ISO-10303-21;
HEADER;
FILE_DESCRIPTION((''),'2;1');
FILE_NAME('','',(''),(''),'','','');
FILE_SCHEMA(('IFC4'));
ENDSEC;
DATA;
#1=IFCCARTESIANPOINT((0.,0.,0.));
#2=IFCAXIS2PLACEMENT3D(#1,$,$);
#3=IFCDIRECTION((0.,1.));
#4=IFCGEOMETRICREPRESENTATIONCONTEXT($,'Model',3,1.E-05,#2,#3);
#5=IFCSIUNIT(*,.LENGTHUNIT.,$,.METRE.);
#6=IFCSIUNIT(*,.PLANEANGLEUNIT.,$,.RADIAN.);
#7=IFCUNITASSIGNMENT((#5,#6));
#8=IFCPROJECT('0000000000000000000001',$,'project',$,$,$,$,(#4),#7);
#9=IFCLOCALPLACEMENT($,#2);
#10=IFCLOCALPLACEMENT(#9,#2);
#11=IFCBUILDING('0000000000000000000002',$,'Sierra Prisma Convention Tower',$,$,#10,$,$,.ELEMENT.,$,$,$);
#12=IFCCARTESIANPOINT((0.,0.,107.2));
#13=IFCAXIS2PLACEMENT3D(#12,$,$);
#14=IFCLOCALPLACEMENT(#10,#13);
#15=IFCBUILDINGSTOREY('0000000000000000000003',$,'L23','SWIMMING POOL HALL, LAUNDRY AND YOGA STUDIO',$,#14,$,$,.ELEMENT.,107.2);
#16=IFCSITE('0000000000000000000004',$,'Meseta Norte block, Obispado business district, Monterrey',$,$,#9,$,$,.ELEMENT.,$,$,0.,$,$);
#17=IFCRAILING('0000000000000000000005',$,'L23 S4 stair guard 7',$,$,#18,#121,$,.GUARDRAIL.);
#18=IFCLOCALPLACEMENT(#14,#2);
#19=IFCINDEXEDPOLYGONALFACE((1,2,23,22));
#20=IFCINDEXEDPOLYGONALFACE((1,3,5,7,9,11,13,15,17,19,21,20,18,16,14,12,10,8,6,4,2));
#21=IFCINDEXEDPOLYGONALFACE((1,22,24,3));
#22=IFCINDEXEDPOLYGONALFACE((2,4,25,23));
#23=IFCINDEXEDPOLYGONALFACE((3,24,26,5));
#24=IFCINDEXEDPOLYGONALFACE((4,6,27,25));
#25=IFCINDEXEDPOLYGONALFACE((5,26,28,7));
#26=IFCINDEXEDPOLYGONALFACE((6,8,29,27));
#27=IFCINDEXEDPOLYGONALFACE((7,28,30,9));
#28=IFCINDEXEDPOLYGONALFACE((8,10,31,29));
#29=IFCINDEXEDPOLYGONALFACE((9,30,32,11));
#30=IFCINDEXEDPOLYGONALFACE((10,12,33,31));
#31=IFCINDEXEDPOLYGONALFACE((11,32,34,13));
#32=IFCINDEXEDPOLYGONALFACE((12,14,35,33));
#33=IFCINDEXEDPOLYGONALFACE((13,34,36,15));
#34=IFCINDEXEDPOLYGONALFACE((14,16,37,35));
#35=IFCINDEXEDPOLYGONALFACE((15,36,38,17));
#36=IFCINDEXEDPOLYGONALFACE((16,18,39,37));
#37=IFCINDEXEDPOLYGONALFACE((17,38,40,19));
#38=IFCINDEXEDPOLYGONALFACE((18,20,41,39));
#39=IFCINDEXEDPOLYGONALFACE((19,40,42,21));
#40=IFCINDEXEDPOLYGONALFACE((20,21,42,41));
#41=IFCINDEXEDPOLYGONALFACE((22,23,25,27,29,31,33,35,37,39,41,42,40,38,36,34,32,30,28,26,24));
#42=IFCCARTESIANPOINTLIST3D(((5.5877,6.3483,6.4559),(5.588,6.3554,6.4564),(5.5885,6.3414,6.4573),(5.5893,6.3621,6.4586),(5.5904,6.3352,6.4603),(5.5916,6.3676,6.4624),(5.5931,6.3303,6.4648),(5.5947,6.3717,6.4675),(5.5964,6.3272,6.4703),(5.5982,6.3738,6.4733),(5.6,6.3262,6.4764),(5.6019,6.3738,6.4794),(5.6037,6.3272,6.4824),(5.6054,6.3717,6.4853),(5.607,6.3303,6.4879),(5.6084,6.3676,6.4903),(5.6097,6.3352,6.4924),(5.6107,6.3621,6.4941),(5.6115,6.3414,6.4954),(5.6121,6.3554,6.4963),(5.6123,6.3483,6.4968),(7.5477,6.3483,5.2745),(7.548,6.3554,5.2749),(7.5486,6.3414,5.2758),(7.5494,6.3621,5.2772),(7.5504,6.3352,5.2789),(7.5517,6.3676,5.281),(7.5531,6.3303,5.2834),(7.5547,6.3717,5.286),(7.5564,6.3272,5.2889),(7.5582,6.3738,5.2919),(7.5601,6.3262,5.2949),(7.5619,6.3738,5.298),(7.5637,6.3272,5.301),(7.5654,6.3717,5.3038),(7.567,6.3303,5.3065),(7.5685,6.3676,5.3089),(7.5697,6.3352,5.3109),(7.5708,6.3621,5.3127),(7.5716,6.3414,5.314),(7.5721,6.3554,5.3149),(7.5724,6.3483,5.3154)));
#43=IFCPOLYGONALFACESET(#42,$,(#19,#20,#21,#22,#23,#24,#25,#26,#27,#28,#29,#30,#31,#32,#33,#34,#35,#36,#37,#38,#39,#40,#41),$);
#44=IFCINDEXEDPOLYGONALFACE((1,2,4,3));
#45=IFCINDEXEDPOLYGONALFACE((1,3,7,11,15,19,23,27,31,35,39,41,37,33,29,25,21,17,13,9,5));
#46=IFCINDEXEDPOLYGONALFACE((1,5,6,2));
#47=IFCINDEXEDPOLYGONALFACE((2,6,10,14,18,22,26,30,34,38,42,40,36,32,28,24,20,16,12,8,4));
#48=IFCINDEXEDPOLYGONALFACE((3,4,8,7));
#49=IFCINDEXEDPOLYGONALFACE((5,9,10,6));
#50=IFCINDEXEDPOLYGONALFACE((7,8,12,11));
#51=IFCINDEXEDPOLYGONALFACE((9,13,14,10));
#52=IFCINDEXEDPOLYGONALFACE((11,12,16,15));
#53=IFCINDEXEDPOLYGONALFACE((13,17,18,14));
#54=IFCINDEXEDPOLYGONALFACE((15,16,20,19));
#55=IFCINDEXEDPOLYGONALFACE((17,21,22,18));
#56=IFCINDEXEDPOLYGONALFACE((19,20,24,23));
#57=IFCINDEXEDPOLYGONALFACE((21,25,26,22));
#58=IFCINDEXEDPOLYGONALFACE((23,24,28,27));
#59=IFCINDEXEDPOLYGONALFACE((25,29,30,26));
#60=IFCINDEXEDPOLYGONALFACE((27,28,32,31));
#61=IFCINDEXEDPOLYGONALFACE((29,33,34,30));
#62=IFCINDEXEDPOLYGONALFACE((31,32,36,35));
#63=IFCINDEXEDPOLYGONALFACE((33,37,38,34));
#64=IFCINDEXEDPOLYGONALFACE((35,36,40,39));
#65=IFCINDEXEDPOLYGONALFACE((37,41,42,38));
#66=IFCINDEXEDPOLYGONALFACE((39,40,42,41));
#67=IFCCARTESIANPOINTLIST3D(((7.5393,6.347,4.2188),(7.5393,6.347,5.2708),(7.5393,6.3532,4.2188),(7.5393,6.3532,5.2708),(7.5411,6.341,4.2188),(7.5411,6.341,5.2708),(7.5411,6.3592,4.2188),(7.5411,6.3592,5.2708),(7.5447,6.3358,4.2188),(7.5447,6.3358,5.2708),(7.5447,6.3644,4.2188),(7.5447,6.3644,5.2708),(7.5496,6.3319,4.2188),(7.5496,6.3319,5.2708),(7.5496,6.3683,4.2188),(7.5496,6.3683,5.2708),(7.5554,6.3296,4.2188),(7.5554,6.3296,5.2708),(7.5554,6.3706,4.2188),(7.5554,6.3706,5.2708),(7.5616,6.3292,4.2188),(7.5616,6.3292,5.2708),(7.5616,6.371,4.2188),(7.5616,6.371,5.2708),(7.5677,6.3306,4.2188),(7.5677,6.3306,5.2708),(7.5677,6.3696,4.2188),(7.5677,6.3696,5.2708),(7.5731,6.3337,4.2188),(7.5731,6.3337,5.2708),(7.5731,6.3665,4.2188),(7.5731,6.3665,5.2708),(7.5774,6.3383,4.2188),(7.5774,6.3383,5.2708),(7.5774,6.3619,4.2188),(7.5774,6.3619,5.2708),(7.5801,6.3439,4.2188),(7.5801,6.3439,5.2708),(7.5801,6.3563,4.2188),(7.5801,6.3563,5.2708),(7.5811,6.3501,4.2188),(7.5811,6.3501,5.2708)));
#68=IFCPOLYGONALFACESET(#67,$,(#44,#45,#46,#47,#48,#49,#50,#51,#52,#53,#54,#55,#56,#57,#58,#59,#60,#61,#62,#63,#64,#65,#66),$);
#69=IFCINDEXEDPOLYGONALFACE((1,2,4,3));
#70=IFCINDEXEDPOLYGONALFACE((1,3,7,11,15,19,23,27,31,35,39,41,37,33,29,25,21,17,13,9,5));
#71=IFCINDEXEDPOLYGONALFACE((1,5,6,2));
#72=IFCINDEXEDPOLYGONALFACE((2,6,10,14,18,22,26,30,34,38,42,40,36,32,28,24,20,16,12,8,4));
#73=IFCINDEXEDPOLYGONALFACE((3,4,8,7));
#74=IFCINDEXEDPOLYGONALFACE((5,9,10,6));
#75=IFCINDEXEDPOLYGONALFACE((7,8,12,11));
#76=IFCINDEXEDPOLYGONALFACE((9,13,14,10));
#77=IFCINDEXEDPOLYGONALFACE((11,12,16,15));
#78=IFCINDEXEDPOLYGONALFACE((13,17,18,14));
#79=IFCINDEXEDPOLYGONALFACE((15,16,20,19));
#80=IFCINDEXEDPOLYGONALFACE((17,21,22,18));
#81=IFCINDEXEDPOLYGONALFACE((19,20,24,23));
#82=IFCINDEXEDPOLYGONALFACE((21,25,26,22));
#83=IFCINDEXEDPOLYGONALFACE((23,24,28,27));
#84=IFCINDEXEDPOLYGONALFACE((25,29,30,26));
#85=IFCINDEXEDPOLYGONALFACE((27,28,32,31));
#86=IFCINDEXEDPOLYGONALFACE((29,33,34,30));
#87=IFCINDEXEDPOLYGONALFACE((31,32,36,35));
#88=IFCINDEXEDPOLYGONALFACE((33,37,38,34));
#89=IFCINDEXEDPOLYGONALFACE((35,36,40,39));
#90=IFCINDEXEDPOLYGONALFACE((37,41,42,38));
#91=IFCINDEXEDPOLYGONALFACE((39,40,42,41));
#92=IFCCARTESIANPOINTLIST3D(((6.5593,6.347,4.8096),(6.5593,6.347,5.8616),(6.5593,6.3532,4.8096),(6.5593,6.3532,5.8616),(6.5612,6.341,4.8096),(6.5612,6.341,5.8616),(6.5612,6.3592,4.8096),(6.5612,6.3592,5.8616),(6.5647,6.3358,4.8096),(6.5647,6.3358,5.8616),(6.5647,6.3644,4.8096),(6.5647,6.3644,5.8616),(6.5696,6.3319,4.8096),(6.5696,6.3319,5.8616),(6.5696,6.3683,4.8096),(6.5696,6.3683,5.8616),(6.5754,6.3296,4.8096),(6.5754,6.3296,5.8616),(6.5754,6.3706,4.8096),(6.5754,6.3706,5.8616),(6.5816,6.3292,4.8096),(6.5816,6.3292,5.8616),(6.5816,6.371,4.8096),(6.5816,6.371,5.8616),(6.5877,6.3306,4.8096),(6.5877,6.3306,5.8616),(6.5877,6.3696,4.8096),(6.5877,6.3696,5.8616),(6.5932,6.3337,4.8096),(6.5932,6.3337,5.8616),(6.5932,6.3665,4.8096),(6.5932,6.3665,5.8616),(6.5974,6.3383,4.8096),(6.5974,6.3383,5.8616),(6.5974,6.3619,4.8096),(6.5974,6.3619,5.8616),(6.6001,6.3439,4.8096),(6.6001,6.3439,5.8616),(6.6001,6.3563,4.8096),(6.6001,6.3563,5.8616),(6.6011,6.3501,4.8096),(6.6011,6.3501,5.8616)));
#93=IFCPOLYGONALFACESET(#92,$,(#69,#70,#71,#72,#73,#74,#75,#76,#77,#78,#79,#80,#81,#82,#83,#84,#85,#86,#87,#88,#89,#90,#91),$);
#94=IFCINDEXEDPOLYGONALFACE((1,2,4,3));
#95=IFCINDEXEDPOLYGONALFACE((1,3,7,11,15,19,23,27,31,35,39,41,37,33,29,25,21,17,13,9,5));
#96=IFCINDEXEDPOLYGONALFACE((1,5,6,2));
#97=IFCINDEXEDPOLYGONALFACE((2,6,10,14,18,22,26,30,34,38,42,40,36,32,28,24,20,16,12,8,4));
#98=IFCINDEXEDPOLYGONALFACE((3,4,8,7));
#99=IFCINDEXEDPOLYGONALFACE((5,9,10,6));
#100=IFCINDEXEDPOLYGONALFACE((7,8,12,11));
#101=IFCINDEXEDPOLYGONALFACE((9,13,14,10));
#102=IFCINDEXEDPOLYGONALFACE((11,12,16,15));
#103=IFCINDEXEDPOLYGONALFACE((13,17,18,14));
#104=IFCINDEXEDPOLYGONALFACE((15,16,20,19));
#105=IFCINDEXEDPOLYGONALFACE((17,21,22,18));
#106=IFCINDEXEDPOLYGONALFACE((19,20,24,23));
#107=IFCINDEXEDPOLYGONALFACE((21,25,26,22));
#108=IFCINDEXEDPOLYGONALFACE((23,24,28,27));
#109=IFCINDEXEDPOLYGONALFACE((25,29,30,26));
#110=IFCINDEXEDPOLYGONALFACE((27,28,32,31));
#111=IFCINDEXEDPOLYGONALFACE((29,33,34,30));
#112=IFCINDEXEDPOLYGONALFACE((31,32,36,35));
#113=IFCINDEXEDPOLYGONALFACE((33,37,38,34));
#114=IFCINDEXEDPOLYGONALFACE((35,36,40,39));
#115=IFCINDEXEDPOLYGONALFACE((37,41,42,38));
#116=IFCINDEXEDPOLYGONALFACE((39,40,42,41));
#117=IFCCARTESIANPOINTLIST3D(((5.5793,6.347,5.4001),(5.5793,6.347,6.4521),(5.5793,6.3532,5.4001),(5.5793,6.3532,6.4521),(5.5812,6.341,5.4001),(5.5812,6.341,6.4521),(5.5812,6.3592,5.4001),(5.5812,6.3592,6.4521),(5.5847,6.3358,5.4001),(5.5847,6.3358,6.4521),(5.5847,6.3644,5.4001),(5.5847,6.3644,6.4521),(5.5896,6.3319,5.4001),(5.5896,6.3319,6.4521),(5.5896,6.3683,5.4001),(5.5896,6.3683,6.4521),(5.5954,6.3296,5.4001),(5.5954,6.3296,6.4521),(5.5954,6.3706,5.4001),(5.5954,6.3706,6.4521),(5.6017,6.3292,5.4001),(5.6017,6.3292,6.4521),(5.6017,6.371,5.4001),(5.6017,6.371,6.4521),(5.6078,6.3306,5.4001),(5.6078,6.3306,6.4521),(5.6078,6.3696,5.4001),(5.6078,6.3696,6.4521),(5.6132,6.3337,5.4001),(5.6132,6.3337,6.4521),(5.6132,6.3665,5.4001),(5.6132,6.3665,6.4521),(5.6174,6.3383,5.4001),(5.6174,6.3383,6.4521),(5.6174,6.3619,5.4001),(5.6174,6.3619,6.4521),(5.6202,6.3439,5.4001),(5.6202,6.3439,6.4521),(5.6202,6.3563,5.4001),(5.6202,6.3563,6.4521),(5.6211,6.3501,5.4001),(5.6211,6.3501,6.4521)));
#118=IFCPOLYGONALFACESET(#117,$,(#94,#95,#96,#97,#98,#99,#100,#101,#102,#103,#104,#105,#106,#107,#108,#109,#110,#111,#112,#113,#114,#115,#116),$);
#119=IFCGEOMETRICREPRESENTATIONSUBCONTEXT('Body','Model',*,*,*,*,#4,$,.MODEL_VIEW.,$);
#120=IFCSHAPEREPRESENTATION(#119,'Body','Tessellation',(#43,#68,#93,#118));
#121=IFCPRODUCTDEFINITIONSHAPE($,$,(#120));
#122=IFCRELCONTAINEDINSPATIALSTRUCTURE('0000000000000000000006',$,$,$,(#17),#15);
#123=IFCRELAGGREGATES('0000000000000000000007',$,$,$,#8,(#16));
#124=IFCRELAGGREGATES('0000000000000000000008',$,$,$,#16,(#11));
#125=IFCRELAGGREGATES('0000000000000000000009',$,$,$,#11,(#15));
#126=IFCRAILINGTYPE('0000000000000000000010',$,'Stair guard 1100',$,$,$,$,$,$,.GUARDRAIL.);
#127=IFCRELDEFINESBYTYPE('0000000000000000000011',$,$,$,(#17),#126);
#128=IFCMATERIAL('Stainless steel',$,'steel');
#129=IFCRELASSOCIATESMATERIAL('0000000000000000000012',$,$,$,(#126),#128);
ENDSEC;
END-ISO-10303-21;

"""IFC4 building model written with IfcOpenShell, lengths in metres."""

from ifc_helpers import new_model, si_unit, direction, frame, origin, origin_2d, place, context, subcontext, project, spatial, circle, extrude, material, type_object, element, save


model = new_model("IFC4")

# Units and contexts
model_context = context("Model", 3, precision=1e-05, world=origin(), true_north=direction((0.0, 1.0)))
body_context = subcontext(model_context, "Body", "Model", "MODEL_VIEW")
ifc_project = project(units=[si_unit("LENGTHUNIT", "METRE"), si_unit("PLANEANGLEUNIT", "RADIAN")], contexts=[model_context])

# Site, building, storey
site_placement = place(None, origin())
site = spatial("IfcSite", under=ifc_project, at=site_placement, Name="Meseta Norte block, Obispado business district, Monterrey", CompositionType="ELEMENT", RefElevation=0.0)
building_placement = place(site_placement, origin())
building = spatial("IfcBuilding", under=site, at=building_placement, Name="Sierra Prisma Convention Tower", CompositionType="ELEMENT")
storey_placement = place(building_placement, frame((0.0, 0.0, 107.2)))
storey = spatial("IfcBuildingStorey", under=building, at=storey_placement, Name="L23", Description="SWIMMING POOL HALL, LAUNDRY AND YOGA STUDIO", CompositionType="ELEMENT", Elevation=107.2)

# Railing
ifc_material_1 = material(Name="Stainless steel", Category="steel")
railing_type_1 = type_object("IfcRailingType", Name="Stair guard 1100", PredefinedType="GUARDRAIL", material=ifc_material_1)
railing_1_placement = place(storey_placement, frame((7.5601, 6.3501, 4.2188)))
element("IfcRailing", 1, at=railing_1_placement, inside=storey, type_object=railing_type_1, Name="L23 S4 stair guard 7", PredefinedType="GUARDRAIL", context=body_context, shape_type="SweptSolid", body=[
    extrude(circle(Radius=0.0239, at=origin_2d()), frame((0.0, 0.0, 1.0762), z_axis=(-0.856446, 0.0, 0.516236), x_axis=(0.0, -1.0, 0.0)), (0.0, 0.0, 1.0), 2.2886),
    extrude(circle(Radius=0.021, at=origin_2d()), origin(), (0.0, 0.0, 1.0), 1.052),
    extrude(circle(Radius=0.021, at=origin_2d()), frame((-0.98, 0.0, 0.5908)), (0.0, 0.0, 1.0), 1.052),
    extrude(circle(Radius=0.021, at=origin_2d()), frame((-1.96, 0.0, 1.1814)), (0.0, 0.0, 1.0), 1.052),
])

save(model, "model.ifc")
